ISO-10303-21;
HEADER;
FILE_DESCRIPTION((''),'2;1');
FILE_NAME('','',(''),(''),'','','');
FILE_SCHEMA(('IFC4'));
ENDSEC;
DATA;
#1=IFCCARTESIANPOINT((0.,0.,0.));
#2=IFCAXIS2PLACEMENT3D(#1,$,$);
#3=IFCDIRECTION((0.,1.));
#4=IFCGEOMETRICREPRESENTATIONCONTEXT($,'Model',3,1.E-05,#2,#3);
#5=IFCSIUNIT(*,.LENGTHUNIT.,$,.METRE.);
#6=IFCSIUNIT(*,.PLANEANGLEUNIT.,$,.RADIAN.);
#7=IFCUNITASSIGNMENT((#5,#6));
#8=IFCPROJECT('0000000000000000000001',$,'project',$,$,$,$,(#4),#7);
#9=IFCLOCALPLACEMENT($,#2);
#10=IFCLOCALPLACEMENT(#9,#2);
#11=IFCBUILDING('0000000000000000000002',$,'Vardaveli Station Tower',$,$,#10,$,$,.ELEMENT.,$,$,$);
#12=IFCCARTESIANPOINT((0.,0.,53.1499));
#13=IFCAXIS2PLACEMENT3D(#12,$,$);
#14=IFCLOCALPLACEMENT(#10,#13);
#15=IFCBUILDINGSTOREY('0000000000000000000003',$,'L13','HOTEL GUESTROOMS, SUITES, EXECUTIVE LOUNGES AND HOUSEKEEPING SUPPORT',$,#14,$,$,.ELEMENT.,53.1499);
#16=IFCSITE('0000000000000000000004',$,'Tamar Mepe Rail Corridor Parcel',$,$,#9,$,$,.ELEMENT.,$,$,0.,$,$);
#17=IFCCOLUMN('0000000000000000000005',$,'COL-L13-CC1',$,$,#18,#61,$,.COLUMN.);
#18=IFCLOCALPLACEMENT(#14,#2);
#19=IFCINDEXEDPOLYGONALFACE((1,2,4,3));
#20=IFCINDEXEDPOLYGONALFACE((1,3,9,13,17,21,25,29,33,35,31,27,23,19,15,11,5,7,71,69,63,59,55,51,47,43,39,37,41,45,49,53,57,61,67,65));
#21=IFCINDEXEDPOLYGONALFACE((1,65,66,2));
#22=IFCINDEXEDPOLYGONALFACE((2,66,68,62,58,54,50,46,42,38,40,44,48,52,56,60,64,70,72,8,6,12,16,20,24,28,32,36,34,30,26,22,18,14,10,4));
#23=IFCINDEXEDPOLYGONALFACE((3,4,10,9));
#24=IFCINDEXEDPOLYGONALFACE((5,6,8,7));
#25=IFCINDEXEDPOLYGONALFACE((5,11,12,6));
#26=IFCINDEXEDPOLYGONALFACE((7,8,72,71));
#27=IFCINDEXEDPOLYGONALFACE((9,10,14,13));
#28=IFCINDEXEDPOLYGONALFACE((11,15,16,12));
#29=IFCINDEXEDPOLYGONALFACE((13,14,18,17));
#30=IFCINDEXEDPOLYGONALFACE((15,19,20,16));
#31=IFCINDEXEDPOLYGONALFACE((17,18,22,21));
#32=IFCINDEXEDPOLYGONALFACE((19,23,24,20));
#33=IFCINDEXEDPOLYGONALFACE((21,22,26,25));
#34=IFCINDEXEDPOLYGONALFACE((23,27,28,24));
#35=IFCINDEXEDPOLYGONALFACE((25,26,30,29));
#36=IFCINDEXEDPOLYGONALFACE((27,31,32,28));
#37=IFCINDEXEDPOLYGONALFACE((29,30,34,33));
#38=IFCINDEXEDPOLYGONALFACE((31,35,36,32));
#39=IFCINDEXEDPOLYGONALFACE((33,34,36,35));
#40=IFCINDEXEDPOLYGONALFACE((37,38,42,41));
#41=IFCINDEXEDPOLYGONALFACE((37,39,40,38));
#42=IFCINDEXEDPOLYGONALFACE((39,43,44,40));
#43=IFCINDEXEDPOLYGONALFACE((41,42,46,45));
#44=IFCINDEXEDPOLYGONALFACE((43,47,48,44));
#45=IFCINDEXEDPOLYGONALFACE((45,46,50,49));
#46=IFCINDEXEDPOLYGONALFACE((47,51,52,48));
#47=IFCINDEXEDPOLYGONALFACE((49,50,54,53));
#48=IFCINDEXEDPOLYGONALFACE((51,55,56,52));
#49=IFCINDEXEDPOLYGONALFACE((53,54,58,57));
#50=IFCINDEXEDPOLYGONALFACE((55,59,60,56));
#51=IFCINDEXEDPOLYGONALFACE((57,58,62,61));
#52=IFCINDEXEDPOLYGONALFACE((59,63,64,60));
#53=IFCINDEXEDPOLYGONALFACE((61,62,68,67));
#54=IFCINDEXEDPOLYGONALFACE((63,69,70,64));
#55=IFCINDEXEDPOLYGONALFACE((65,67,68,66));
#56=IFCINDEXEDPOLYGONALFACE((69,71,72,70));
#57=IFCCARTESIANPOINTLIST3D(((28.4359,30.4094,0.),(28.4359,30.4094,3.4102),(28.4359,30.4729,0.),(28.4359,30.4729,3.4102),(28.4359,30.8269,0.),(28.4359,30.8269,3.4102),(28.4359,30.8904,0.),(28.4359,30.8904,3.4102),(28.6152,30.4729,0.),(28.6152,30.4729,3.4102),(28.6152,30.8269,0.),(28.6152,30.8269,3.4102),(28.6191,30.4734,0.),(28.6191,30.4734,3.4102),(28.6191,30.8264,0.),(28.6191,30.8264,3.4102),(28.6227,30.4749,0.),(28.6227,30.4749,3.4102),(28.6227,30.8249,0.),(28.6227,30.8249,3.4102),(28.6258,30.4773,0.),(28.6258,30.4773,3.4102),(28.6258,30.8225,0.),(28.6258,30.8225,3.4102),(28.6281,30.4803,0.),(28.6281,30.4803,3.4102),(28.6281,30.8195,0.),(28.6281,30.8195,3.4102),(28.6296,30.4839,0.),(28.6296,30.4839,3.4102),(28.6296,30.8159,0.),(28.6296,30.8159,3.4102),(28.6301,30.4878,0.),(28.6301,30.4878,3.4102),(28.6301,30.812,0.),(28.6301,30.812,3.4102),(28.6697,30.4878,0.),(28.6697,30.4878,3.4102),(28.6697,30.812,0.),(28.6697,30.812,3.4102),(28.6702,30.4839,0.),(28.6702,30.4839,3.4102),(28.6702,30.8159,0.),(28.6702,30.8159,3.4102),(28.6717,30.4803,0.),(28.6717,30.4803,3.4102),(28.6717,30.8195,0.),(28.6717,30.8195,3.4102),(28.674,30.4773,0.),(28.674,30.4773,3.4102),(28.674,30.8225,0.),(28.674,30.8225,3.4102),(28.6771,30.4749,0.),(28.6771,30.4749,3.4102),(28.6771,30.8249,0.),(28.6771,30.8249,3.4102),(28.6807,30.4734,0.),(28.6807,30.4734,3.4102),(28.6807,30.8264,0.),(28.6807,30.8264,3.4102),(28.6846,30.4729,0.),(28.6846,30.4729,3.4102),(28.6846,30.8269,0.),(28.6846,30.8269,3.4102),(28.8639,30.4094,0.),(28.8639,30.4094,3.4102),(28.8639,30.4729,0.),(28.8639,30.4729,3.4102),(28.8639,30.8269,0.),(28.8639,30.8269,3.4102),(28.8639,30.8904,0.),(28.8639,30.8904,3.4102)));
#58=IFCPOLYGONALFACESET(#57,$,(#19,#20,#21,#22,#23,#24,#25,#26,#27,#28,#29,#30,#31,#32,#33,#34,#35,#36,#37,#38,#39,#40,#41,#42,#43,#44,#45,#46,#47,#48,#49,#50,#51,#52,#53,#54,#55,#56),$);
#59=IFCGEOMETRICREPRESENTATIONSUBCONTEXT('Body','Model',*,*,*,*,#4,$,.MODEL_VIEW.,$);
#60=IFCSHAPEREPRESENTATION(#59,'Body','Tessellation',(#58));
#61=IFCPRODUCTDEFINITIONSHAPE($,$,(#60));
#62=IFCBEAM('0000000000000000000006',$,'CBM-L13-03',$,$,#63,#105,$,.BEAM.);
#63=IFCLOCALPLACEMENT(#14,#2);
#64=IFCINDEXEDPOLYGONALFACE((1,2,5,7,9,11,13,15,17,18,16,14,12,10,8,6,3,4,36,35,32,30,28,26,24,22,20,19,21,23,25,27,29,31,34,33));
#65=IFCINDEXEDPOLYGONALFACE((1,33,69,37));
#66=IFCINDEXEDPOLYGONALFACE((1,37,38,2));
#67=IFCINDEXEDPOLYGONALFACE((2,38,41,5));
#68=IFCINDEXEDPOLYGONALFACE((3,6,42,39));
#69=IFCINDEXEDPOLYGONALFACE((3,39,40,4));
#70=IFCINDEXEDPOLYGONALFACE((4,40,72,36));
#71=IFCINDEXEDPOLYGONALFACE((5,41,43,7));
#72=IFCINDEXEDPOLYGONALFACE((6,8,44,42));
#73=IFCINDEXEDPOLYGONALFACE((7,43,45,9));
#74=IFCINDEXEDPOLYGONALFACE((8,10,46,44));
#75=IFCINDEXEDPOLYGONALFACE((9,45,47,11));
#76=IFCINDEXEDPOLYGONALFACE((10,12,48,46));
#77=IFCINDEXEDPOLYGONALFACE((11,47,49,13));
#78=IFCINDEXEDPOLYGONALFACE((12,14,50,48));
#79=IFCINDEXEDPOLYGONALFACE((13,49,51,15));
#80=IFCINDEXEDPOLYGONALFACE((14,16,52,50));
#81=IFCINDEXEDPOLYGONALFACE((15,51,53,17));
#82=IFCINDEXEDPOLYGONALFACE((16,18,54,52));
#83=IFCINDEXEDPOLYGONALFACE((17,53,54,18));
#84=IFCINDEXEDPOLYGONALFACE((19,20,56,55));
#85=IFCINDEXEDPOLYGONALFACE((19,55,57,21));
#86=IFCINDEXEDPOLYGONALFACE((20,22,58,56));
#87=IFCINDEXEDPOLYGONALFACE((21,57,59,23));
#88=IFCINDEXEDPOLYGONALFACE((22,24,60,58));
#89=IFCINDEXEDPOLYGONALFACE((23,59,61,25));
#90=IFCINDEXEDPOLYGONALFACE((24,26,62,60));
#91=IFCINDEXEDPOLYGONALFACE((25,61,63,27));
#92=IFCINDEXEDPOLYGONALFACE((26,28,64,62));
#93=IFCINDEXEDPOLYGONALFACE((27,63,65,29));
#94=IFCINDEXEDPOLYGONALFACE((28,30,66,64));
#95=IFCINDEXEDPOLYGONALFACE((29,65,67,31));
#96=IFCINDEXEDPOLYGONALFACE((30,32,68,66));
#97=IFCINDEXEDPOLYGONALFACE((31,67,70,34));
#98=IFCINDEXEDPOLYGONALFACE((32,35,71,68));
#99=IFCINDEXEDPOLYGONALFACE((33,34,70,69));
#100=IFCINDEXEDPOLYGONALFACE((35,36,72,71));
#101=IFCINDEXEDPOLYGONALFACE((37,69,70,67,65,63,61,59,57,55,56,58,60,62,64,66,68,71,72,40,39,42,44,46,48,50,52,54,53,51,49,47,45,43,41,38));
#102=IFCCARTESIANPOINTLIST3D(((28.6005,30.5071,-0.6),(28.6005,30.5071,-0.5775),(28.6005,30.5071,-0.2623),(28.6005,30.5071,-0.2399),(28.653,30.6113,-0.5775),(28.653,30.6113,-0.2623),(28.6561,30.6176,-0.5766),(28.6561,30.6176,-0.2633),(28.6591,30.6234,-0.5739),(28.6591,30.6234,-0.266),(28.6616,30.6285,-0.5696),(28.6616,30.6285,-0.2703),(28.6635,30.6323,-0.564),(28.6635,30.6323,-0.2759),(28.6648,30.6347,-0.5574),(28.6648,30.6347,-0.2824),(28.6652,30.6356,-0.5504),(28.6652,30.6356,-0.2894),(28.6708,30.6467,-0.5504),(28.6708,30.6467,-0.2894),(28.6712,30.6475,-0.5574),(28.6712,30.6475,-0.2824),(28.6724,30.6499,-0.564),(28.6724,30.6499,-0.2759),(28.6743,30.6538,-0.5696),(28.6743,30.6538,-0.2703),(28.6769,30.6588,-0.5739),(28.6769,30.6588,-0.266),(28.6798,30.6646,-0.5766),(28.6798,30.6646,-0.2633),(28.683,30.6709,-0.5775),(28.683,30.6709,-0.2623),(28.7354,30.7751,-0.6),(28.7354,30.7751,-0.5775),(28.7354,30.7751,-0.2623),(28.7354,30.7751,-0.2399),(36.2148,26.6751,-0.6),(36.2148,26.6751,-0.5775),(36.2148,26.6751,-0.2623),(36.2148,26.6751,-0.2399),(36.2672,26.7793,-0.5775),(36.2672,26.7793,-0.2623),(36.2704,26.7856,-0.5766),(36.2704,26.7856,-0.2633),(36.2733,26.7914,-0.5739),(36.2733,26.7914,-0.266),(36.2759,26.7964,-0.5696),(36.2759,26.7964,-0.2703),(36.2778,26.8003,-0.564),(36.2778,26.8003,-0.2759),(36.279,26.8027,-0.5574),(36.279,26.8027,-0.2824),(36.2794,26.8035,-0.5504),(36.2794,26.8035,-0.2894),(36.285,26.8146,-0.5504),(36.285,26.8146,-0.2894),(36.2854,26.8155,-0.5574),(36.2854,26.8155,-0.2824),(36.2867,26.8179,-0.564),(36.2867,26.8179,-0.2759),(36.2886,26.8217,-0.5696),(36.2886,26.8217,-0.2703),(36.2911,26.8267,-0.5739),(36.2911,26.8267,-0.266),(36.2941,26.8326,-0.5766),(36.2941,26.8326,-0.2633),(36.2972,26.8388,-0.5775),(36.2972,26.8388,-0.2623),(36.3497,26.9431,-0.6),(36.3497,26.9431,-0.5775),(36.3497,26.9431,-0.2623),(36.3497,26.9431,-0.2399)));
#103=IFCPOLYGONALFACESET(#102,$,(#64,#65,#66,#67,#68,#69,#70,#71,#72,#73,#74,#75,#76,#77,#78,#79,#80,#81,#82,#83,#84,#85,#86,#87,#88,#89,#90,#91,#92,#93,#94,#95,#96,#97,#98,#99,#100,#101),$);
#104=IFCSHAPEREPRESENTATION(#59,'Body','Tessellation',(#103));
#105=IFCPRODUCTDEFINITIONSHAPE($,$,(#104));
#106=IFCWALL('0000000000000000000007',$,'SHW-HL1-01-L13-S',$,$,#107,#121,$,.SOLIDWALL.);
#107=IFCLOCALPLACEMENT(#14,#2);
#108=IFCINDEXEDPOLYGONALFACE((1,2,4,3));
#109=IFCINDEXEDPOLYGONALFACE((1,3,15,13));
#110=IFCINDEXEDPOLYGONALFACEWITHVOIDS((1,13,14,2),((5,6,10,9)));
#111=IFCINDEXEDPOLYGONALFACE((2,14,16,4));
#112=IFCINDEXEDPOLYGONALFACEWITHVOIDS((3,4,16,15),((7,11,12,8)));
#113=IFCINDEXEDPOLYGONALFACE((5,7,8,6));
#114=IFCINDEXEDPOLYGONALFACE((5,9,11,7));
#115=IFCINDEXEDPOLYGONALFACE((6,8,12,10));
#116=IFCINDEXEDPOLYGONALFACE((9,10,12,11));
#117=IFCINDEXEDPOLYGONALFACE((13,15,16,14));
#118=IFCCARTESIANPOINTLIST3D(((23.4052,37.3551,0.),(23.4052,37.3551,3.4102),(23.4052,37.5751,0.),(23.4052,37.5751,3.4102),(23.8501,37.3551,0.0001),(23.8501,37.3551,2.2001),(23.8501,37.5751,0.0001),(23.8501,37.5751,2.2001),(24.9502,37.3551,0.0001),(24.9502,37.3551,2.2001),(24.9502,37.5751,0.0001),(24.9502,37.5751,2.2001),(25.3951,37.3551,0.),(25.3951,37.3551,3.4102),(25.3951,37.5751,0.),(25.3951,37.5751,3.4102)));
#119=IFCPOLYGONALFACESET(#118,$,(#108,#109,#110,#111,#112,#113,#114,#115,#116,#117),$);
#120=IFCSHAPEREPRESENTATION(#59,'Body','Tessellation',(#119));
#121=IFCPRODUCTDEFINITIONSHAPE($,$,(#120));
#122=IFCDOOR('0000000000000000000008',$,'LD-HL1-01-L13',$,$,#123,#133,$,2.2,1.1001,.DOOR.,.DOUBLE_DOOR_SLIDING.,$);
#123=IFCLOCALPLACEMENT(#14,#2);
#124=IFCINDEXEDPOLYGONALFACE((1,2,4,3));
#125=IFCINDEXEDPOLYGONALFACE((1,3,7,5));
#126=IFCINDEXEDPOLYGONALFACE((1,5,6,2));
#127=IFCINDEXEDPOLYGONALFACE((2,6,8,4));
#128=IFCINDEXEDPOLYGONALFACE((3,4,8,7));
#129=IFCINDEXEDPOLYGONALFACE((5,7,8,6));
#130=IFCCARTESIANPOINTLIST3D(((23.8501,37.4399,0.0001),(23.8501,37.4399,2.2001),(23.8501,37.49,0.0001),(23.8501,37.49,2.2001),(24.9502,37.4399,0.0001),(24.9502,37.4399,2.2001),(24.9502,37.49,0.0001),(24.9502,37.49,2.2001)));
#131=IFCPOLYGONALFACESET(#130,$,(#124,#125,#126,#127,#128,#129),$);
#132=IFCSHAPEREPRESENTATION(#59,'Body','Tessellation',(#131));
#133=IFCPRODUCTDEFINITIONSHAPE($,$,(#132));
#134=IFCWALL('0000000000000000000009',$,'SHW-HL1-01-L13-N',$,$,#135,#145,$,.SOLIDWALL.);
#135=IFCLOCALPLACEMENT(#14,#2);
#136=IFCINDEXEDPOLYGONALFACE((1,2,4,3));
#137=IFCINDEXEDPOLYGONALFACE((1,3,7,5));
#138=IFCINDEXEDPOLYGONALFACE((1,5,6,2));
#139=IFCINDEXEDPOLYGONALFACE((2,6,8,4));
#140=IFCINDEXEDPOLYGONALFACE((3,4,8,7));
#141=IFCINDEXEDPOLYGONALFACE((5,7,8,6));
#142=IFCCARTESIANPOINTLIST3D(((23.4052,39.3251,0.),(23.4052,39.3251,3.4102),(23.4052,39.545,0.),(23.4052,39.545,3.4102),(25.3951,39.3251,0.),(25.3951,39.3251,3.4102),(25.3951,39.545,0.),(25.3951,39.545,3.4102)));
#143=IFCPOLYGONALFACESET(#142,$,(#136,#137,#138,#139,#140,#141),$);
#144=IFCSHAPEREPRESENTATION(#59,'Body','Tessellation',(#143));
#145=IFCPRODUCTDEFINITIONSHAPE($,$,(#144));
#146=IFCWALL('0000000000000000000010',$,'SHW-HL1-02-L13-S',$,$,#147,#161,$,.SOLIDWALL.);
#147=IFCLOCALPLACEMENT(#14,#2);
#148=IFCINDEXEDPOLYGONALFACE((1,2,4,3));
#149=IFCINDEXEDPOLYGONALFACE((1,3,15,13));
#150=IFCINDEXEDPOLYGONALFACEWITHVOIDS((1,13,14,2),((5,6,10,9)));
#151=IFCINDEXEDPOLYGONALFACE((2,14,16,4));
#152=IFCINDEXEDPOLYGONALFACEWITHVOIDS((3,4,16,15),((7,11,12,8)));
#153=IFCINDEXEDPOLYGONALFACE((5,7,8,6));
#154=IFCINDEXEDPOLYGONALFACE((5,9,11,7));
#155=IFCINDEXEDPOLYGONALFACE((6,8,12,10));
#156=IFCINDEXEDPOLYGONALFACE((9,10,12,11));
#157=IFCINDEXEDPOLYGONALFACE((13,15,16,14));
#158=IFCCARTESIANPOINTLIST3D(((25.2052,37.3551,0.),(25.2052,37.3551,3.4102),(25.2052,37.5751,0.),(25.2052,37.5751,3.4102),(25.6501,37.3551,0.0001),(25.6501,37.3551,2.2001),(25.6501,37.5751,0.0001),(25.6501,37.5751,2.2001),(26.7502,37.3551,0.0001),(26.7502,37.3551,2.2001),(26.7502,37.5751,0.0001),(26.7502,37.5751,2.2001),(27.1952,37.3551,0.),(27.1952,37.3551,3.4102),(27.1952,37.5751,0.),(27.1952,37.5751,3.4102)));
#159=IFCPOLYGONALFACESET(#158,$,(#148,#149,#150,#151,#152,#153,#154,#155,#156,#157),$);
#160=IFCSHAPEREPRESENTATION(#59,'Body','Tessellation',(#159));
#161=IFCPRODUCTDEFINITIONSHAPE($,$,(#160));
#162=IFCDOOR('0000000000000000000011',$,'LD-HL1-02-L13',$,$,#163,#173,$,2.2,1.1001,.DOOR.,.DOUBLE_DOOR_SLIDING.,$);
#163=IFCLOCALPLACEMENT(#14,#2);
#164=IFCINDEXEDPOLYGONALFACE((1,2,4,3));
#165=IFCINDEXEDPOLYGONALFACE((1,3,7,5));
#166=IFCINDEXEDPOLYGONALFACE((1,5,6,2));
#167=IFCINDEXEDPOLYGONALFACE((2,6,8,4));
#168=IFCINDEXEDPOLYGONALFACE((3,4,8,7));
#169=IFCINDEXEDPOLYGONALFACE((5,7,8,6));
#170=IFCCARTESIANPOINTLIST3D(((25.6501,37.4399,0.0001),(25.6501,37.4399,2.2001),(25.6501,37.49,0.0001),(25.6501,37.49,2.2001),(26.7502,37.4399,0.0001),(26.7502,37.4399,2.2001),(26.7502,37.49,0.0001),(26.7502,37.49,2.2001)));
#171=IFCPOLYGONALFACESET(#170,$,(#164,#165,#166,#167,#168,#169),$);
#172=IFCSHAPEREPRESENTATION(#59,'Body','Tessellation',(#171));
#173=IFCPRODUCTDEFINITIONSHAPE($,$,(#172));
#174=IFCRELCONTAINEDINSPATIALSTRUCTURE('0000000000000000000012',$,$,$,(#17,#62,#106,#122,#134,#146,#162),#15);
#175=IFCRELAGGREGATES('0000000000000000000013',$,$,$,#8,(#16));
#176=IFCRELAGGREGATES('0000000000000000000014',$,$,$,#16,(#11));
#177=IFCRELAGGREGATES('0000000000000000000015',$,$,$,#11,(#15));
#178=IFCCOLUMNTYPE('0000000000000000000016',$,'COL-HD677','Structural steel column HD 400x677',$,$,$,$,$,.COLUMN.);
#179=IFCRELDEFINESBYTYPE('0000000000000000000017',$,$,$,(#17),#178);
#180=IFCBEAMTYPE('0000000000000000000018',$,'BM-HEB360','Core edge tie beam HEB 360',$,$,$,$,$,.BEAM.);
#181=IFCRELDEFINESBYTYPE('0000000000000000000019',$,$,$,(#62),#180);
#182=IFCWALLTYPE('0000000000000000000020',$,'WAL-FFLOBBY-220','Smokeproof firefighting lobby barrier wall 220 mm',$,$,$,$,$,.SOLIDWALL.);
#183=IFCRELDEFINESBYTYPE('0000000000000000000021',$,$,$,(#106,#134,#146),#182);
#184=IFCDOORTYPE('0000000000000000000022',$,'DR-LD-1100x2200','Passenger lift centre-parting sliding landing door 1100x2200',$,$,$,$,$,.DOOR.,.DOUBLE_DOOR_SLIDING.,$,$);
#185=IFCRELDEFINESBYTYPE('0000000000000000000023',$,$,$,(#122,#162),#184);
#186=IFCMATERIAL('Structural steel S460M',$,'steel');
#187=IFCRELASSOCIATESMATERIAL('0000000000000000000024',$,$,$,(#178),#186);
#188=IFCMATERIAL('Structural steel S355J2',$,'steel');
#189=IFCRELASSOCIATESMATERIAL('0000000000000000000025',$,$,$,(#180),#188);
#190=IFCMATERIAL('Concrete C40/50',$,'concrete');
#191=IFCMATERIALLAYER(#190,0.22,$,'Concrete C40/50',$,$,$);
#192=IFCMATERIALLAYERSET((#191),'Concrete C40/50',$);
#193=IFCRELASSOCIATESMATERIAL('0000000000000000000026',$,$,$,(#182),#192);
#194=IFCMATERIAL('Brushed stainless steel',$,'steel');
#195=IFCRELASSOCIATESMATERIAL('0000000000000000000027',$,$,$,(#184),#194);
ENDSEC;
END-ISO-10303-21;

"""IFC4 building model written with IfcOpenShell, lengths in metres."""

from ifc_helpers import new_model, si_unit, direction, frame, frame_2d, origin, origin_2d, place, context, subcontext, project, spatial, rectangle, i_section, extrude, source, transform, mapped, material, layer, layer_set, material_profile, profile_set, type_object, element, fill, save


model = new_model("IFC4")

# Units and contexts
model_context = context("Model", 3, precision=1e-05, world=origin(), true_north=direction((0.0, 1.0)))
body_context = subcontext(model_context, "Body", "Model", "MODEL_VIEW")
ifc_project = project(units=[si_unit("LENGTHUNIT", "METRE"), si_unit("PLANEANGLEUNIT", "RADIAN")], contexts=[model_context])

# Site, building, storey
site_placement = place(None, origin())
site = spatial("IfcSite", under=ifc_project, at=site_placement, Name="Tamar Mepe Rail Corridor Parcel", CompositionType="ELEMENT", RefElevation=0.0)
building_placement = place(site_placement, origin())
building = spatial("IfcBuilding", under=site, at=building_placement, Name="Vardaveli Station Tower", CompositionType="ELEMENT")
storey_placement = place(building_placement, frame((0.0, 0.0, 53.1499)))
storey = spatial("IfcBuildingStorey", under=building, at=storey_placement, Name="L13", Description="HOTEL GUESTROOMS, SUITES, EXECUTIVE LOUNGES AND HOUSEKEEPING SUPPORT", CompositionType="ELEMENT", Elevation=53.1499)

# Column
ifc_material_1 = material(Name="Structural steel S460M", Category="steel")
ifc_material_profile_1 = material_profile(ifc_material_1, i_section(OverallWidth=0.428, OverallDepth=0.481, WebThickness=0.0396, FlangeThickness=0.0635, FilletRadius=0.0149, at=origin_2d()), Name="HD 400x677")
ifc_profile_set_1 = profile_set([ifc_material_profile_1], Name="Structural steel S460M")
column_type = type_object("IfcColumnType", Name="COL-HD677", Description="Structural steel column HD 400x677", PredefinedType="COLUMN", material=ifc_profile_set_1)
shared_shape_1 = source(origin(), body_context, "Body", "SweptSolid", [
    extrude(i_section(OverallWidth=0.428, OverallDepth=0.481, WebThickness=0.0396, FlangeThickness=0.0635, FilletRadius=0.0149, at=origin_2d()), origin(), (0.0, 0.0, 1.0), 3.4102),
])
column_placement = place(storey_placement, frame((28.6499, 30.6499, 0.0), z_axis=(0.0, 0.0, 1.0), x_axis=(1.0, 0.0, 0.0)))
element("IfcColumn", 1, at=column_placement, inside=storey, type_object=column_type, Name="COL-L13-CC1", PredefinedType="COLUMN", context=body_context, shape_type="MappedRepresentation", body=[
    mapped(shared_shape_1, transform((0.0, 0.0, 0.0), scale=1.0)),
])

# Beam
ifc_material_2 = material(Name="Structural steel S355J2", Category="steel")
ifc_material_profile_2 = material_profile(ifc_material_2, i_section(OverallWidth=0.3, OverallDepth=0.3601, WebThickness=0.0125, FlangeThickness=0.0225, FilletRadius=0.0271, at=origin_2d()), Name="HEB 360")
ifc_profile_set_2 = profile_set([ifc_material_profile_2], Name="Structural steel S355J2")
beam_type = type_object("IfcBeamType", Name="BM-HEB360", Description="Core edge tie beam HEB 360", PredefinedType="BEAM", material=ifc_profile_set_2)
shared_shape_2 = source(origin(), body_context, "Body", "SweptSolid", [
    extrude(i_section(OverallWidth=0.3, OverallDepth=0.3601, WebThickness=0.0125, FlangeThickness=0.0225, FilletRadius=0.0271, at=origin_2d()), origin(), (0.0, 0.0, 1.0), 8.5242),
])
beam_placement = place(storey_placement, frame((28.668, 30.6411, -0.4199), z_axis=(0.893256, -0.449549, 0.0), x_axis=(0.449549, 0.893256, 0.0)))
element("IfcBeam", 2, at=beam_placement, inside=storey, type_object=beam_type, Name="CBM-L13-03", PredefinedType="BEAM", context=body_context, shape_type="MappedRepresentation", body=[
    mapped(shared_shape_2, transform((0.0, 0.0, 0.0), scale=1.0)),
])

# Wall, opening, door
ifc_material_3 = material(Name="Concrete C40/50", Category="concrete")
ifc_layer_1 = layer(ifc_material_3, 0.22, Name="Concrete C40/50")
ifc_layer_set_1 = layer_set([ifc_layer_1], Name="Concrete C40/50")
wall_type_1 = type_object("IfcWallType", Name="WAL-FFLOBBY-220", Description="Smokeproof firefighting lobby barrier wall 220 mm", PredefinedType="SOLIDWALL", material=ifc_layer_set_1)
shared_shape_3 = source(origin(), body_context, "Body", "SweptSolid", [
    extrude(rectangle(XDim=1.99, YDim=0.22, at=frame_2d((0.9951, 0.0))), origin(), (0.0, 0.0, 1.0), 3.4102),
])
wall_1_placement = place(storey_placement, frame((23.405, 37.4651, 0.0), z_axis=(0.0, 0.0, 1.0), x_axis=(1.0, 0.0, 0.0)))
wall_1 = element("IfcWall", 3, at=wall_1_placement, inside=storey, type_object=wall_type_1, Name="SHW-HL1-01-L13-S", PredefinedType="SOLIDWALL", context=body_context, shape_type="MappedRepresentation", body=[
    mapped(shared_shape_3, transform((0.0, 0.0, 0.0), scale=1.0)),
])
shared_shape_4 = source(origin(), body_context, "Body", "SweptSolid", [
    extrude(rectangle(XDim=1.1001, YDim=2.2, at=frame_2d((0.55, 1.1001))), frame((0.0, 0.1201, 0.0), z_axis=(0.0, -1.0, 0.0), x_axis=(1.0, 0.0, 0.0)), (0.0, 0.0, 1.0), 0.24),
])
opening_1_placement = place(wall_1_placement, frame((0.4451, 0.0, 0.0)))
opening_1 = element("IfcOpeningElement", 4, at=opening_1_placement, cuts=wall_1, PredefinedType="OPENING", context=body_context, shape_type="MappedRepresentation", body=[
    mapped(shared_shape_4, transform((0.0, 0.0, 0.0), scale=1.0)),
])
ifc_material_4 = material(Name="Brushed stainless steel", Category="steel")
door_type_1 = type_object("IfcDoorType", Name="DR-LD-1100x2200", Description="Passenger lift centre-parting sliding landing door 1100x2200", OperationType="DOUBLE_DOOR_SLIDING", PredefinedType="DOOR", material=ifc_material_4)
shared_shape_5 = source(origin(), body_context, "Body", "SweptSolid", [
    extrude(rectangle(XDim=1.1001, YDim=2.2, at=frame_2d((0.55, 1.1001))), frame((0.0, 0.0249, 0.0), z_axis=(0.0, -1.0, 0.0), x_axis=(1.0, 0.0, 0.0)), (0.0, 0.0, 1.0), 0.05),
])
door_1_placement = place(opening_1_placement, origin())
door_1 = element("IfcDoor", 5, at=door_1_placement, inside=storey, type_object=door_type_1, Name="LD-HL1-01-L13", OperationType="DOUBLE_DOOR_SLIDING", OverallHeight=2.2, OverallWidth=1.1001, PredefinedType="DOOR", context=body_context, shape_type="MappedRepresentation", body=[
    mapped(shared_shape_5, transform((0.0, 0.0, 0.0), scale=1.0)),
])
fill(opening_1, door_1)

# Wall
wall_2_placement = place(storey_placement, frame((23.405, 39.4351, 0.0), z_axis=(0.0, 0.0, 1.0), x_axis=(1.0, 0.0, 0.0)))
element("IfcWall", 6, at=wall_2_placement, inside=storey, type_object=wall_type_1, Name="SHW-HL1-01-L13-N", PredefinedType="SOLIDWALL", context=body_context, shape_type="MappedRepresentation", body=[
    mapped(shared_shape_3, transform((0.0, 0.0, 0.0), scale=1.0)),
])

# Wall, opening, door
wall_3_placement = place(storey_placement, frame((25.2051, 37.4651, 0.0), z_axis=(0.0, 0.0, 1.0), x_axis=(1.0, 0.0, 0.0)))
wall_3 = element("IfcWall", 7, at=wall_3_placement, inside=storey, type_object=wall_type_1, Name="SHW-HL1-02-L13-S", PredefinedType="SOLIDWALL", context=body_context, shape_type="MappedRepresentation", body=[
    mapped(shared_shape_3, transform((0.0, 0.0, 0.0), scale=1.0)),
])
opening_2_placement = place(wall_3_placement, frame((0.4451, 0.0, 0.0)))
opening_2 = element("IfcOpeningElement", 8, at=opening_2_placement, cuts=wall_3, PredefinedType="OPENING", context=body_context, shape_type="MappedRepresentation", body=[
    mapped(shared_shape_4, transform((0.0, 0.0, 0.0), scale=1.0)),
])
door_2_placement = place(opening_2_placement, origin())
door_2 = element("IfcDoor", 9, at=door_2_placement, inside=storey, type_object=door_type_1, Name="LD-HL1-02-L13", OperationType="DOUBLE_DOOR_SLIDING", OverallHeight=2.2, OverallWidth=1.1001, PredefinedType="DOOR", context=body_context, shape_type="MappedRepresentation", body=[
    mapped(shared_shape_5, transform((0.0, 0.0, 0.0), scale=1.0)),
])
fill(opening_2, door_2)

save(model, "model.ifc")
